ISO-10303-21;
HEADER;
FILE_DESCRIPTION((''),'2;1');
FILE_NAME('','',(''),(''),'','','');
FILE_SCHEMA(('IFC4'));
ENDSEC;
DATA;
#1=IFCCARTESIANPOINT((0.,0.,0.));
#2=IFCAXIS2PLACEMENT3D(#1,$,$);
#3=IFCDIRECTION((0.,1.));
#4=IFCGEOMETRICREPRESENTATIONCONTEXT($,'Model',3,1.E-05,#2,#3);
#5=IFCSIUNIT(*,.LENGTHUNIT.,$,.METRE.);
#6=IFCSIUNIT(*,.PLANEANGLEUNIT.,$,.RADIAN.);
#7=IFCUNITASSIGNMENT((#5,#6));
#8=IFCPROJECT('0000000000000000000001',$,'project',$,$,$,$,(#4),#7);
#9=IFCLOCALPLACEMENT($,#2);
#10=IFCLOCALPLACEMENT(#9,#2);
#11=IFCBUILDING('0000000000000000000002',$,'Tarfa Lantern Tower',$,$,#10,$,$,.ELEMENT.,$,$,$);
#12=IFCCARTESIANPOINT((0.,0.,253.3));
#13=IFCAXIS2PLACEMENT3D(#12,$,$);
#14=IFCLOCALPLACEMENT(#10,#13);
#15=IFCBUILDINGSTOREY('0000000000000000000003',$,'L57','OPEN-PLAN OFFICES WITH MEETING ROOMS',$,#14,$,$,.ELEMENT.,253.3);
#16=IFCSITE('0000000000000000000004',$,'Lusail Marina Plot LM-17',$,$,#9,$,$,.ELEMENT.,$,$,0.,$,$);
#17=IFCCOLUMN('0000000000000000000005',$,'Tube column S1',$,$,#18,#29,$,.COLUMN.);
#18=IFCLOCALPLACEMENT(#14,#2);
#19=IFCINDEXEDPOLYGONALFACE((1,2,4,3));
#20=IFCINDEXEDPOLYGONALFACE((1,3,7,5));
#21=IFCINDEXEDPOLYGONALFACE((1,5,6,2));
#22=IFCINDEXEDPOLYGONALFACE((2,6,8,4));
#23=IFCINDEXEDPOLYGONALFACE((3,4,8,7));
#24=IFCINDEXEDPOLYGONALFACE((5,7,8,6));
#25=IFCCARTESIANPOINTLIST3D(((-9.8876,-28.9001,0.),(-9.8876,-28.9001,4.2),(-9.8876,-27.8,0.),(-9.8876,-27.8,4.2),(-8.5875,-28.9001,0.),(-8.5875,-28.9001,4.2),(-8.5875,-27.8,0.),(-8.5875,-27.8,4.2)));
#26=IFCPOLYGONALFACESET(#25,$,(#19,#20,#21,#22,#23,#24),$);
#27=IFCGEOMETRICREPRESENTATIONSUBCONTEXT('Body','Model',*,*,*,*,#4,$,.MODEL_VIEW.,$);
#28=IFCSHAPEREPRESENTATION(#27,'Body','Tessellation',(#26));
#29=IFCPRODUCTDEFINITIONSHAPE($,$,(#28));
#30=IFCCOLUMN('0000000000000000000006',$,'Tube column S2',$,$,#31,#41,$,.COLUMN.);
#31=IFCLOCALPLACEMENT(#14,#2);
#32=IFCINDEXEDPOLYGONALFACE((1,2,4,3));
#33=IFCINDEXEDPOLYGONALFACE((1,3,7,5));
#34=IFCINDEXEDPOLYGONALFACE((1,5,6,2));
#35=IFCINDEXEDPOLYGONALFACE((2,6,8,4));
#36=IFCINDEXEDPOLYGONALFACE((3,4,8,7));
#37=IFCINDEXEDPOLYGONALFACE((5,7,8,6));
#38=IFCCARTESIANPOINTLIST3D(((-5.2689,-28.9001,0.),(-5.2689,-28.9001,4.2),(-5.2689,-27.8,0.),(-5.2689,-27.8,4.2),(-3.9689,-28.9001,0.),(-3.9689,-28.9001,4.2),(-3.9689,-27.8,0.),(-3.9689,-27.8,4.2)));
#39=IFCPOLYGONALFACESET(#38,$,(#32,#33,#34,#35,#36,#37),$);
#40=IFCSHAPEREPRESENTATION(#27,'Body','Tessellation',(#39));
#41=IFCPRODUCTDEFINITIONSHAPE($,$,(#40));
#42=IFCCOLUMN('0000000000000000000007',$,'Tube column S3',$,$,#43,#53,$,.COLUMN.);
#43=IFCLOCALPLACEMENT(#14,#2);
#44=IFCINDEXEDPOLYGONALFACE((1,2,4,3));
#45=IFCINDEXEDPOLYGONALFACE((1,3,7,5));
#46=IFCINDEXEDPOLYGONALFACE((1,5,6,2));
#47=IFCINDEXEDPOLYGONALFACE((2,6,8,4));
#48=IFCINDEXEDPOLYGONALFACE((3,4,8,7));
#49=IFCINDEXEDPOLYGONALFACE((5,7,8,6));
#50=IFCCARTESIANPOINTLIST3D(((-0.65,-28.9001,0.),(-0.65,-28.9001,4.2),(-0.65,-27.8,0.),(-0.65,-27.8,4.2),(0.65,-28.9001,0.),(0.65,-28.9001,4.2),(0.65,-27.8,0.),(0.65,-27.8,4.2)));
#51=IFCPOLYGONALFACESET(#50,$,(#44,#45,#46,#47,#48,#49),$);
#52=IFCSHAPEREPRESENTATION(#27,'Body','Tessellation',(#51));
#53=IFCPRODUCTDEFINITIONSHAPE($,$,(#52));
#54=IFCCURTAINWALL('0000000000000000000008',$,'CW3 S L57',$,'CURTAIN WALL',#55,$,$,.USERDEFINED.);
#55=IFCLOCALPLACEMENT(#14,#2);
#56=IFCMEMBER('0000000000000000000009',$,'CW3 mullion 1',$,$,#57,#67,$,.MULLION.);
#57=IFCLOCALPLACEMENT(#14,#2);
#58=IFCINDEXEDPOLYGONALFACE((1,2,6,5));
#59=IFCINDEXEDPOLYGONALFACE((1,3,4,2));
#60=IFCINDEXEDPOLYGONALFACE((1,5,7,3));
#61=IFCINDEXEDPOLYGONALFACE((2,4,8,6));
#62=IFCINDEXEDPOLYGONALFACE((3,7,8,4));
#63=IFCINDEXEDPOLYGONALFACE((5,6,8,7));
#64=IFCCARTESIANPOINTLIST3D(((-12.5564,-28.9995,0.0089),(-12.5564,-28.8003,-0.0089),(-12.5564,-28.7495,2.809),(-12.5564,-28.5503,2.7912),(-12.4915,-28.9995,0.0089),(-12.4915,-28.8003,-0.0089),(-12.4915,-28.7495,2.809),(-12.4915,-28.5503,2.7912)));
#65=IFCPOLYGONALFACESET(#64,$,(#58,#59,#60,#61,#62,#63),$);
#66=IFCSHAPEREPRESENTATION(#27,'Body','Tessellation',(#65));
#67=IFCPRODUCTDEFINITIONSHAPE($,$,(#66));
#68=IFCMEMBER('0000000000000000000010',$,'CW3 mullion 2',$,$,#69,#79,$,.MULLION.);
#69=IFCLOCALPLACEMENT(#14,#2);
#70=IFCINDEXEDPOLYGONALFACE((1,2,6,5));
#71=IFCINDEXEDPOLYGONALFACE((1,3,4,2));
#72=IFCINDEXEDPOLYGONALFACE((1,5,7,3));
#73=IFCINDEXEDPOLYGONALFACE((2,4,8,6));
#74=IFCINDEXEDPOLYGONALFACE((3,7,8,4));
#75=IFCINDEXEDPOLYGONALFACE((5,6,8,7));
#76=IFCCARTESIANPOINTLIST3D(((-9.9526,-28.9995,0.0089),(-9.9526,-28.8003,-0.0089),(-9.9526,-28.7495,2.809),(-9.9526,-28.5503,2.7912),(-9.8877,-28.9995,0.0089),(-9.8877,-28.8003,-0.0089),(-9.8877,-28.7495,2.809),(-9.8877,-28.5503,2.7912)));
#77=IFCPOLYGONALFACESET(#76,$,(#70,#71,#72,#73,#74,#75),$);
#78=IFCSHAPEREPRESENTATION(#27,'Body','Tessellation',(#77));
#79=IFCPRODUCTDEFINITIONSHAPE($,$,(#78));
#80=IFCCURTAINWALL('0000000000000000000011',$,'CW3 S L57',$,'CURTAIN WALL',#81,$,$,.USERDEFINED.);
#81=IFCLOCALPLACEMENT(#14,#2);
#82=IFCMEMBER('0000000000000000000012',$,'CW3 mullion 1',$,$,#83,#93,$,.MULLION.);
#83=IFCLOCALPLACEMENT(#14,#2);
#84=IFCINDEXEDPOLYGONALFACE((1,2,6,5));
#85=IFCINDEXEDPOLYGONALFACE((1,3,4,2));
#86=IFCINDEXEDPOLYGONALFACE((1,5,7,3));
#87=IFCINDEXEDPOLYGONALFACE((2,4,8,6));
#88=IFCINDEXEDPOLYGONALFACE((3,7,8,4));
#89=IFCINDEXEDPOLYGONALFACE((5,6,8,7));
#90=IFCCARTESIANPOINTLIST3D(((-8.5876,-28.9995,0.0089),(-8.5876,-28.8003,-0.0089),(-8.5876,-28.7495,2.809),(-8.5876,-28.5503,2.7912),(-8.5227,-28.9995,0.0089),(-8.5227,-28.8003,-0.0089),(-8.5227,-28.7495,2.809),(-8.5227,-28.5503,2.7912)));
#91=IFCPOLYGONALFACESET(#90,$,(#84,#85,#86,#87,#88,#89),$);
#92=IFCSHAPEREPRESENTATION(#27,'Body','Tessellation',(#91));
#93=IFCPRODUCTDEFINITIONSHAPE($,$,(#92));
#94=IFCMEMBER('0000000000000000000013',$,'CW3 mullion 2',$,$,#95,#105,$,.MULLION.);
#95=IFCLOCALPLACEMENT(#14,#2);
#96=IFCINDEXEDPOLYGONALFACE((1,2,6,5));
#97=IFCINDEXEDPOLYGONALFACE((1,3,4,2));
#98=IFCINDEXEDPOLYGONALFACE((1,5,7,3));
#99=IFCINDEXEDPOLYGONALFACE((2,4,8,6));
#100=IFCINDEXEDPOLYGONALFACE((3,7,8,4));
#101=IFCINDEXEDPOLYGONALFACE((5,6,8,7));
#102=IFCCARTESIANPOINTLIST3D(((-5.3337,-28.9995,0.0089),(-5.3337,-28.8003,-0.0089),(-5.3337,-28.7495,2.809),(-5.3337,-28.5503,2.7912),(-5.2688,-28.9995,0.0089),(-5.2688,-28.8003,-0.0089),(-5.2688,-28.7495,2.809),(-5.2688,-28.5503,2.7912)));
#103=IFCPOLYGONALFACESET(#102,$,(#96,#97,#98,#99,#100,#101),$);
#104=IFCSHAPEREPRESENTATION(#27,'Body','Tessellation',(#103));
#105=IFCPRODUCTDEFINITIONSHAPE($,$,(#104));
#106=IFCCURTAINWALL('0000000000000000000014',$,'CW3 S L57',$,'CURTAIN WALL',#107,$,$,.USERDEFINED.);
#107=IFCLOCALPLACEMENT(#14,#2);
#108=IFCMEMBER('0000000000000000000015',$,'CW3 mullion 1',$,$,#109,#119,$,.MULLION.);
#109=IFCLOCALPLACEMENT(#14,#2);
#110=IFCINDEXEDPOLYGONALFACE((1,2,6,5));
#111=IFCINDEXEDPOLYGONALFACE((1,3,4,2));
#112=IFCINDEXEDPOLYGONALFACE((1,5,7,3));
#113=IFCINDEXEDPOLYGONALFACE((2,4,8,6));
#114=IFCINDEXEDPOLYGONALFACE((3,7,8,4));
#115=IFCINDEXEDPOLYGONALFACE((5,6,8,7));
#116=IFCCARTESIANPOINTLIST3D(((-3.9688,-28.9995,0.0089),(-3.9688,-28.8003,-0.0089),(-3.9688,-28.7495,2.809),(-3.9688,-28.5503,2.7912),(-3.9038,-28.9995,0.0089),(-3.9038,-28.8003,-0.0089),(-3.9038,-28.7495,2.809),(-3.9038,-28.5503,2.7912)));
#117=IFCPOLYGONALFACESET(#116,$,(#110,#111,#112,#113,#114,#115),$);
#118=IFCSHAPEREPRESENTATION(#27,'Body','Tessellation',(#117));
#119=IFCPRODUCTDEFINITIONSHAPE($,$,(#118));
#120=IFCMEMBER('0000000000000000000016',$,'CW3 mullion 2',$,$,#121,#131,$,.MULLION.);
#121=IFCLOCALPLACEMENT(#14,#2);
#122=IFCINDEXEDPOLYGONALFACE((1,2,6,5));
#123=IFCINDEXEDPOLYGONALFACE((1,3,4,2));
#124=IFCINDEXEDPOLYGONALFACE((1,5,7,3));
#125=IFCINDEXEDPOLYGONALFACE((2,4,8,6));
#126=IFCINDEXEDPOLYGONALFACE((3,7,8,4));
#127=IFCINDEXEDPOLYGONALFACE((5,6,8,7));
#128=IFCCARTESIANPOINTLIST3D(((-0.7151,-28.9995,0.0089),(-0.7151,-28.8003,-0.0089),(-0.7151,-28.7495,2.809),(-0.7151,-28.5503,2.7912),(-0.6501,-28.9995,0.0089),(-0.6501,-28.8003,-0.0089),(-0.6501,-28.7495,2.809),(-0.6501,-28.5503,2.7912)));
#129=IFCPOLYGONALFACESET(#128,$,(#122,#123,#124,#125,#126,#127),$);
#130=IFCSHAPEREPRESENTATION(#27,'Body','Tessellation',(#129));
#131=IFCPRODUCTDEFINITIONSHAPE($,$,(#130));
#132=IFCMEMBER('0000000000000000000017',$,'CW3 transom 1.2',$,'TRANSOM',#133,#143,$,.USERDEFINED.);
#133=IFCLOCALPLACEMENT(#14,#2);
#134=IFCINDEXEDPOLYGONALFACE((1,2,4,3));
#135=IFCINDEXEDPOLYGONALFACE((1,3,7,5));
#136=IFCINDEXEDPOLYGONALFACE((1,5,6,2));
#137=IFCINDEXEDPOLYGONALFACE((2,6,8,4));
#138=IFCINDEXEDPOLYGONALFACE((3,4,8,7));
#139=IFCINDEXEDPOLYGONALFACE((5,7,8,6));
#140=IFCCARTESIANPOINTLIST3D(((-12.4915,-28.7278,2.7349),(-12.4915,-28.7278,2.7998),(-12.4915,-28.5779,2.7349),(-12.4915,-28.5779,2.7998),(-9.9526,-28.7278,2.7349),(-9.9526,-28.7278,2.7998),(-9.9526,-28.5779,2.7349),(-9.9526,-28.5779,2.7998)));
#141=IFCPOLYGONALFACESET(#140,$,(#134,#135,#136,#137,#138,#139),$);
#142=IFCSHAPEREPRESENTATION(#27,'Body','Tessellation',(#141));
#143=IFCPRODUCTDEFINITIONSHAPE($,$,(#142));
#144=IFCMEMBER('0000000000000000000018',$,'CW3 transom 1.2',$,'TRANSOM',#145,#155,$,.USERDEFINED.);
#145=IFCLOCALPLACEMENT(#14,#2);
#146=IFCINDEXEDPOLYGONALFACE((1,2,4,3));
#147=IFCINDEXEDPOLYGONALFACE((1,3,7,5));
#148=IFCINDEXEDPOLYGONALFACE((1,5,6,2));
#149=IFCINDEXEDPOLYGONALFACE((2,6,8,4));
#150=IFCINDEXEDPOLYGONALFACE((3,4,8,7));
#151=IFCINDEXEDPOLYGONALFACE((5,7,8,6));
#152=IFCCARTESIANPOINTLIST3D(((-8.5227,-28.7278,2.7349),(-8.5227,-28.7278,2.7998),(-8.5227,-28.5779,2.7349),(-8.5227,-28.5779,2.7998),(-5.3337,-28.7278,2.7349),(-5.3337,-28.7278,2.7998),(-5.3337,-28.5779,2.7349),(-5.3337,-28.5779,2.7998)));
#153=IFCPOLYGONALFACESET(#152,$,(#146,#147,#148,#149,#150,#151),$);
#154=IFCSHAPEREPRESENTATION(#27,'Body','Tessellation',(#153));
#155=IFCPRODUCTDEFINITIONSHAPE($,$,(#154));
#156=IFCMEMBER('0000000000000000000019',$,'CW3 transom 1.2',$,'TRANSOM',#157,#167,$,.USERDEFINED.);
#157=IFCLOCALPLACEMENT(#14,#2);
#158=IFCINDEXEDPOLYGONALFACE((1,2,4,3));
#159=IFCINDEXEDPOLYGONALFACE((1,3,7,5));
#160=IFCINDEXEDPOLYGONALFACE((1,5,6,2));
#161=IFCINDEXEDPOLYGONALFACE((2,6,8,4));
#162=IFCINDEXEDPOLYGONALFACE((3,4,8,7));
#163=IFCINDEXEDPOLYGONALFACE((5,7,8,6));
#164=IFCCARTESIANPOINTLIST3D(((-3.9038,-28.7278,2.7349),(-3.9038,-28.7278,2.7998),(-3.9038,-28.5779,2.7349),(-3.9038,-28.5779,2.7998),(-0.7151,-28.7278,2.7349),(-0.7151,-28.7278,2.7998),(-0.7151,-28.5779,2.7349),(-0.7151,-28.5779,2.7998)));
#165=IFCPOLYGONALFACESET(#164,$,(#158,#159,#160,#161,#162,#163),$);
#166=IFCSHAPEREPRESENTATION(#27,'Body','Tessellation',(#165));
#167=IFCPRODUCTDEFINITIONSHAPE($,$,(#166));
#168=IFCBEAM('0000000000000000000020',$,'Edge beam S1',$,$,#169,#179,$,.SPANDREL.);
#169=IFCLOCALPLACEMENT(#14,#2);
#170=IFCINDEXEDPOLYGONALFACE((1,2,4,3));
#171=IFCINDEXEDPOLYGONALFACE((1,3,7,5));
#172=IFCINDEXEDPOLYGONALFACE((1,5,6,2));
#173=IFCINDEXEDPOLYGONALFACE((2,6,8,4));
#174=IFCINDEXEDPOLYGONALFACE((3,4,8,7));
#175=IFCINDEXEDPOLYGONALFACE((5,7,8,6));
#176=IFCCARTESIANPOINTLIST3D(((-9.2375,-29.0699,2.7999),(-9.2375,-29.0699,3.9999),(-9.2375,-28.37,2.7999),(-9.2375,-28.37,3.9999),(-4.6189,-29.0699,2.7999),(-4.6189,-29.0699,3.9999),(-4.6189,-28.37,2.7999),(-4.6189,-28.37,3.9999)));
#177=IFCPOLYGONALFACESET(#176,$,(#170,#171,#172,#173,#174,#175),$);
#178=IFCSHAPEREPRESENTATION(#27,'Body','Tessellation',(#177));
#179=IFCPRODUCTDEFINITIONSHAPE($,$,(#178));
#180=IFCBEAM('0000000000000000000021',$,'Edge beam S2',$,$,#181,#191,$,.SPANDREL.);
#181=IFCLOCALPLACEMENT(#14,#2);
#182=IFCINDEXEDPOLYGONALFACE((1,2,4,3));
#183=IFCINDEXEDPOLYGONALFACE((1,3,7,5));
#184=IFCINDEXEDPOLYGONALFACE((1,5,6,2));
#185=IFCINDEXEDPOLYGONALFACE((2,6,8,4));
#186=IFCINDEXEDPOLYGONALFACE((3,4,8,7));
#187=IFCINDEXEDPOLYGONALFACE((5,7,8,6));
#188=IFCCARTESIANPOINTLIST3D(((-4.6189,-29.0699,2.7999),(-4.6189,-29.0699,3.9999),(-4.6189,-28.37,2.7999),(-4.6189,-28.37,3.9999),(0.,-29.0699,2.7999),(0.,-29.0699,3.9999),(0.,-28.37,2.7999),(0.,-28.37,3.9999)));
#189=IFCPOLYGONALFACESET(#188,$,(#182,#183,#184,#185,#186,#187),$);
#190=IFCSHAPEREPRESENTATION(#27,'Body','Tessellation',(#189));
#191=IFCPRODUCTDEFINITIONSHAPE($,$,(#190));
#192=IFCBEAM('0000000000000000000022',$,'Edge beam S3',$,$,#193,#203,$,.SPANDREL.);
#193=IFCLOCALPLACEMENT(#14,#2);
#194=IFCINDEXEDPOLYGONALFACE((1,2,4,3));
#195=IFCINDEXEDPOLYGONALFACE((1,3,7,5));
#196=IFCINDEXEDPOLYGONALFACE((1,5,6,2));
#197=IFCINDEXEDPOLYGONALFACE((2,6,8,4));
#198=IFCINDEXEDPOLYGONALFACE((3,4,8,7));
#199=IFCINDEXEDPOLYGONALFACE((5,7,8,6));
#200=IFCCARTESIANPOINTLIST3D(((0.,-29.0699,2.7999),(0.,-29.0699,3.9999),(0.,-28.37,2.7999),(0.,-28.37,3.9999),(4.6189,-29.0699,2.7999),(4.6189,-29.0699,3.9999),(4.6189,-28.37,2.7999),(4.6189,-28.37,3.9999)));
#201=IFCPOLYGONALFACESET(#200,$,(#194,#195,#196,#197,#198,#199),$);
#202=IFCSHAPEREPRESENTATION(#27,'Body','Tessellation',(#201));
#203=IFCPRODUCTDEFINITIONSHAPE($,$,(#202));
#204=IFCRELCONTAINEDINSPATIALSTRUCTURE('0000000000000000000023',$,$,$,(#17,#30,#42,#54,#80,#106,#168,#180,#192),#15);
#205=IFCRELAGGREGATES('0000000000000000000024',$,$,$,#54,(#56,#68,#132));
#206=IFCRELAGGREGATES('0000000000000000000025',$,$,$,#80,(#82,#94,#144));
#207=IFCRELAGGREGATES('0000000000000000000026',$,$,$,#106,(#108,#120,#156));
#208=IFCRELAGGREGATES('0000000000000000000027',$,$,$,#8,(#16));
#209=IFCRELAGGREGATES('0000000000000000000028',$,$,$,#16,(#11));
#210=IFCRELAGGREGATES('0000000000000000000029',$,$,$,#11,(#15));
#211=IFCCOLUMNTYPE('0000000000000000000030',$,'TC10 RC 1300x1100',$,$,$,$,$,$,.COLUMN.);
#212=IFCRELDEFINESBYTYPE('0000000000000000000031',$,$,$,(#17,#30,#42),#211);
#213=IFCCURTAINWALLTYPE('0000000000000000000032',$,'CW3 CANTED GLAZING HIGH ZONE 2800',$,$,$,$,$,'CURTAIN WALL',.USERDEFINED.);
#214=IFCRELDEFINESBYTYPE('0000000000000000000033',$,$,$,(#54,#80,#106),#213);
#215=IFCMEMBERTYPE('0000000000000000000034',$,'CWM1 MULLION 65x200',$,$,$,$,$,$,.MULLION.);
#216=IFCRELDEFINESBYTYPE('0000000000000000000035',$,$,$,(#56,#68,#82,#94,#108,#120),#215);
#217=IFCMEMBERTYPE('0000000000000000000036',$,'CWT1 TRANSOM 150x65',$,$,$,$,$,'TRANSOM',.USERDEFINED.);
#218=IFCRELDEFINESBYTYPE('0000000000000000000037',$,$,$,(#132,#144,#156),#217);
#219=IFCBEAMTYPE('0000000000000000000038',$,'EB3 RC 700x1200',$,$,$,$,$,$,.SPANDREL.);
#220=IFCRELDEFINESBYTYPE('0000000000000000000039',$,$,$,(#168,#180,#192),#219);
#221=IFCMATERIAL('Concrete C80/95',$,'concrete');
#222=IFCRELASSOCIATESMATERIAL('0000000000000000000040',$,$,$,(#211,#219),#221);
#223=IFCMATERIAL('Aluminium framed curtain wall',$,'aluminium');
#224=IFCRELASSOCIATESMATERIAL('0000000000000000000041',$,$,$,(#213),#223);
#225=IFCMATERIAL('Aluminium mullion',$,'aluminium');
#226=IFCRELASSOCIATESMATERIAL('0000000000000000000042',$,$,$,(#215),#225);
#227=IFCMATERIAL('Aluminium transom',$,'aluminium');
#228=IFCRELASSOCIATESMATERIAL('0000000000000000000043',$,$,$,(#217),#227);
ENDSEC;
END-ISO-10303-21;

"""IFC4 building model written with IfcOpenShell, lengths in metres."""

from ifc_helpers import new_model, si_unit, direction, frame, origin, origin_2d, place, context, subcontext, project, spatial, rectangle, extrude, material, material_profile, profile_set, type_object, element, aggregate, save


model = new_model("IFC4")

# Units and contexts
model_context = context("Model", 3, precision=1e-05, world=origin(), true_north=direction((0.0, 1.0)))
body_context = subcontext(model_context, "Body", "Model", "MODEL_VIEW")
ifc_project = project(units=[si_unit("LENGTHUNIT", "METRE"), si_unit("PLANEANGLEUNIT", "RADIAN")], contexts=[model_context])

# Site, building, storey
site_placement = place(None, origin())
site = spatial("IfcSite", under=ifc_project, at=site_placement, Name="Lusail Marina Plot LM-17", CompositionType="ELEMENT", RefElevation=0.0)
building_placement = place(site_placement, origin())
building = spatial("IfcBuilding", under=site, at=building_placement, Name="Tarfa Lantern Tower", CompositionType="ELEMENT")
storey_placement = place(building_placement, frame((0.0, 0.0, 253.3)))
storey = spatial("IfcBuildingStorey", under=building, at=storey_placement, Name="L57", Description="OPEN-PLAN OFFICES WITH MEETING ROOMS", CompositionType="ELEMENT", Elevation=253.3)

# Columns
ifc_material_1 = material(Name="Concrete C80/95", Category="concrete")
ifc_material_profile_1 = material_profile(ifc_material_1, rectangle(XDim=1.3, YDim=1.1001, at=origin_2d()), Name="RC 1300x1100")
ifc_profile_set_1 = profile_set([ifc_material_profile_1], Name="Concrete C80/95")
column_type = type_object("IfcColumnType", Name="TC10 RC 1300x1100", PredefinedType="COLUMN", material=ifc_profile_set_1)
for number, where, z_axis, x_axis, name in (
    (1, (-9.2375, -28.3501, 0.0), (0.0, 0.0, 1.0), (1.0, 0.0, 0.0), "Tube column S1"),
    (2, (-4.6189, -28.3501, 0.0), (0.0, 0.0, 1.0), (1.0, 0.0, 0.0), "Tube column S2"),
    (3, (0.0, -28.3501, 0.0), (0.0, 0.0, 1.0), (1.0, 0.0, 0.0), "Tube column S3"),
):
    element("IfcColumn", number, at=place(storey_placement, frame(where, z_axis=z_axis, x_axis=x_axis)), inside=storey, type_object=column_type, Name=name, PredefinedType="COLUMN", context=body_context, shape_type="SweptSolid", body=[
        extrude(rectangle(XDim=1.3, YDim=1.1001, at=origin_2d()), origin(), (0.0, 0.0, 1.0), 4.2),
    ])

# Curtain walls, members
ifc_material_2 = material(Name="Aluminium framed curtain wall", Category="aluminium")
curtain_wall_type = type_object("IfcCurtainWallType", Name="CW3 CANTED GLAZING HIGH ZONE 2800", ElementType="CURTAIN WALL", PredefinedType="USERDEFINED", material=ifc_material_2)
curtain_wall_1_placement = place(storey_placement, origin())
curtain_wall_1 = element("IfcCurtainWall", 4, at=curtain_wall_1_placement, inside=storey, type_object=curtain_wall_type, Name="CW3 S L57", ObjectType="CURTAIN WALL", PredefinedType="USERDEFINED")
ifc_material_3 = material(Name="Aluminium mullion", Category="aluminium")
ifc_material_profile_2 = material_profile(ifc_material_3, rectangle(XDim=0.0649, YDim=0.2, at=origin_2d()), Name="AL MULLION 65x200")
ifc_profile_set_2 = profile_set([ifc_material_profile_2], Name="Aluminium mullion")
member_type_1 = type_object("IfcMemberType", Name="CWM1 MULLION 65x200", PredefinedType="MULLION", material=ifc_profile_set_2)
member_1_placement = place(storey_placement, frame((-12.5239, -28.8999, 0.0), z_axis=(0.0, 0.08893, 0.996038), x_axis=(-1.0, 0.0, 0.0)))
member_1 = element("IfcMember", 5, at=member_1_placement, type_object=member_type_1, Name="CW3 mullion 1", PredefinedType="MULLION", context=body_context, shape_type="SweptSolid", body=[
    extrude(rectangle(XDim=0.0649, YDim=0.2, at=origin_2d()), origin(), (0.0, 0.0, 1.0), 2.8113),
])
member_2_placement = place(storey_placement, frame((-9.9202, -28.8999, 0.0), z_axis=(0.0, 0.08893, 0.996038), x_axis=(-1.0, 0.0, 0.0)))
member_2 = element("IfcMember", 6, at=member_2_placement, type_object=member_type_1, Name="CW3 mullion 2", PredefinedType="MULLION", context=body_context, shape_type="SweptSolid", body=[
    extrude(rectangle(XDim=0.0649, YDim=0.2, at=origin_2d()), origin(), (0.0, 0.0, 1.0), 2.8113),
])
curtain_wall_2_placement = place(storey_placement, origin())
curtain_wall_2 = element("IfcCurtainWall", 7, at=curtain_wall_2_placement, inside=storey, type_object=curtain_wall_type, Name="CW3 S L57", ObjectType="CURTAIN WALL", PredefinedType="USERDEFINED")
member_3_placement = place(storey_placement, frame((-8.5552, -28.8999, 0.0), z_axis=(0.0, 0.08893, 0.996038), x_axis=(-1.0, 0.0, 0.0)))
member_3 = element("IfcMember", 8, at=member_3_placement, type_object=member_type_1, Name="CW3 mullion 1", PredefinedType="MULLION", context=body_context, shape_type="SweptSolid", body=[
    extrude(rectangle(XDim=0.0649, YDim=0.2, at=origin_2d()), origin(), (0.0, 0.0, 1.0), 2.8113),
])
member_4_placement = place(storey_placement, frame((-5.3013, -28.8999, 0.0), z_axis=(0.0, 0.08893, 0.996038), x_axis=(-1.0, 0.0, 0.0)))
member_4 = element("IfcMember", 9, at=member_4_placement, type_object=member_type_1, Name="CW3 mullion 2", PredefinedType="MULLION", context=body_context, shape_type="SweptSolid", body=[
    extrude(rectangle(XDim=0.0649, YDim=0.2, at=origin_2d()), origin(), (0.0, 0.0, 1.0), 2.8113),
])
curtain_wall_3_placement = place(storey_placement, origin())
curtain_wall_3 = element("IfcCurtainWall", 10, at=curtain_wall_3_placement, inside=storey, type_object=curtain_wall_type, Name="CW3 S L57", ObjectType="CURTAIN WALL", PredefinedType="USERDEFINED")
member_5_placement = place(storey_placement, frame((-3.9363, -28.8999, 0.0), z_axis=(0.0, 0.08893, 0.996038), x_axis=(-1.0, 0.0, 0.0)))
member_5 = element("IfcMember", 11, at=member_5_placement, type_object=member_type_1, Name="CW3 mullion 1", PredefinedType="MULLION", context=body_context, shape_type="SweptSolid", body=[
    extrude(rectangle(XDim=0.0649, YDim=0.2, at=origin_2d()), origin(), (0.0, 0.0, 1.0), 2.8113),
])
member_6_placement = place(storey_placement, frame((-0.6826, -28.8999, 0.0), z_axis=(0.0, 0.08893, 0.996038), x_axis=(-1.0, 0.0, 0.0)))
member_6 = element("IfcMember", 12, at=member_6_placement, type_object=member_type_1, Name="CW3 mullion 2", PredefinedType="MULLION", context=body_context, shape_type="SweptSolid", body=[
    extrude(rectangle(XDim=0.0649, YDim=0.2, at=origin_2d()), origin(), (0.0, 0.0, 1.0), 2.8113),
])

# Members
ifc_material_4 = material(Name="Aluminium transom", Category="aluminium")
ifc_material_profile_3 = material_profile(ifc_material_4, rectangle(XDim=0.1499, YDim=0.0649, at=origin_2d()), Name="AL TRANSOM 150x65")
ifc_profile_set_3 = profile_set([ifc_material_profile_3], Name="Aluminium transom")
member_type_2 = type_object("IfcMemberType", Name="CWT1 TRANSOM 150x65", ElementType="TRANSOM", PredefinedType="USERDEFINED", material=ifc_profile_set_3)
member_7_placement = place(storey_placement, frame((-12.4915, -28.6528, 2.7673), z_axis=(1.0, 0.0, 0.0), x_axis=(0.0, 1.0, 0.0)))
member_7 = element("IfcMember", 13, at=member_7_placement, type_object=member_type_2, Name="CW3 transom 1.2", ObjectType="TRANSOM", PredefinedType="USERDEFINED", context=body_context, shape_type="SweptSolid", body=[
    extrude(rectangle(XDim=0.1499, YDim=0.0649, at=origin_2d()), origin(), (0.0, 0.0, 1.0), 2.5388),
])
member_8_placement = place(storey_placement, frame((-8.5227, -28.6528, 2.7673), z_axis=(1.0, 0.0, 0.0), x_axis=(0.0, 1.0, 0.0)))
member_8 = element("IfcMember", 14, at=member_8_placement, type_object=member_type_2, Name="CW3 transom 1.2", ObjectType="TRANSOM", PredefinedType="USERDEFINED", context=body_context, shape_type="SweptSolid", body=[
    extrude(rectangle(XDim=0.1499, YDim=0.0649, at=origin_2d()), origin(), (0.0, 0.0, 1.0), 3.189),
])
member_9_placement = place(storey_placement, frame((-3.9038, -28.6528, 2.7673), z_axis=(1.0, 0.0, 0.0), x_axis=(0.0, 1.0, 0.0)))
member_9 = element("IfcMember", 15, at=member_9_placement, type_object=member_type_2, Name="CW3 transom 1.2", ObjectType="TRANSOM", PredefinedType="USERDEFINED", context=body_context, shape_type="SweptSolid", body=[
    extrude(rectangle(XDim=0.1499, YDim=0.0649, at=origin_2d()), origin(), (0.0, 0.0, 1.0), 3.1887),
])

# Beams
ifc_material_profile_4 = material_profile(ifc_material_1, rectangle(XDim=0.7, YDim=1.2, at=origin_2d()), Name="RC 700x1200")
ifc_profile_set_4 = profile_set([ifc_material_profile_4], Name="Concrete C80/95")
beam_type_1 = type_object("IfcBeamType", Name="EB3 RC 700x1200", PredefinedType="SPANDREL", material=ifc_profile_set_4)
beam_placement = place(storey_placement, frame((-9.2375, -28.72, 3.3999), z_axis=(1.0, 0.0, 0.0), x_axis=(0.0, 1.0, 0.0)))
element("IfcBeam", 16, at=beam_placement, inside=storey, type_object=beam_type_1, Name="Edge beam S1", PredefinedType="SPANDREL", context=body_context, shape_type="SweptSolid", body=[
    extrude(rectangle(XDim=0.7, YDim=1.2, at=origin_2d()), origin(), (0.0, 0.0, 1.0), 4.6187),
])
for number, where, z_axis, x_axis, name in (
    (17, (-4.6189, -28.72, 3.3999), (1.0, 0.0, 0.0), (0.0, 1.0, 0.0), "Edge beam S2"),
    (18, (0.0, -28.72, 3.3999), (1.0, 0.0, 0.0), (0.0, 1.0, 0.0), "Edge beam S3"),
):
    element("IfcBeam", number, at=place(storey_placement, frame(where, z_axis=z_axis, x_axis=x_axis)), inside=storey, type_object=beam_type_1, Name=name, PredefinedType="SPANDREL", context=body_context, shape_type="SweptSolid", body=[
        extrude(rectangle(XDim=0.7, YDim=1.2, at=origin_2d()), origin(), (0.0, 0.0, 1.0), 4.6189),
    ])

aggregate(curtain_wall_1, [member_1, member_2, member_7])
aggregate(curtain_wall_2, [member_3, member_4, member_8])
aggregate(curtain_wall_3, [member_5, member_6, member_9])

save(model, "model.ifc")
